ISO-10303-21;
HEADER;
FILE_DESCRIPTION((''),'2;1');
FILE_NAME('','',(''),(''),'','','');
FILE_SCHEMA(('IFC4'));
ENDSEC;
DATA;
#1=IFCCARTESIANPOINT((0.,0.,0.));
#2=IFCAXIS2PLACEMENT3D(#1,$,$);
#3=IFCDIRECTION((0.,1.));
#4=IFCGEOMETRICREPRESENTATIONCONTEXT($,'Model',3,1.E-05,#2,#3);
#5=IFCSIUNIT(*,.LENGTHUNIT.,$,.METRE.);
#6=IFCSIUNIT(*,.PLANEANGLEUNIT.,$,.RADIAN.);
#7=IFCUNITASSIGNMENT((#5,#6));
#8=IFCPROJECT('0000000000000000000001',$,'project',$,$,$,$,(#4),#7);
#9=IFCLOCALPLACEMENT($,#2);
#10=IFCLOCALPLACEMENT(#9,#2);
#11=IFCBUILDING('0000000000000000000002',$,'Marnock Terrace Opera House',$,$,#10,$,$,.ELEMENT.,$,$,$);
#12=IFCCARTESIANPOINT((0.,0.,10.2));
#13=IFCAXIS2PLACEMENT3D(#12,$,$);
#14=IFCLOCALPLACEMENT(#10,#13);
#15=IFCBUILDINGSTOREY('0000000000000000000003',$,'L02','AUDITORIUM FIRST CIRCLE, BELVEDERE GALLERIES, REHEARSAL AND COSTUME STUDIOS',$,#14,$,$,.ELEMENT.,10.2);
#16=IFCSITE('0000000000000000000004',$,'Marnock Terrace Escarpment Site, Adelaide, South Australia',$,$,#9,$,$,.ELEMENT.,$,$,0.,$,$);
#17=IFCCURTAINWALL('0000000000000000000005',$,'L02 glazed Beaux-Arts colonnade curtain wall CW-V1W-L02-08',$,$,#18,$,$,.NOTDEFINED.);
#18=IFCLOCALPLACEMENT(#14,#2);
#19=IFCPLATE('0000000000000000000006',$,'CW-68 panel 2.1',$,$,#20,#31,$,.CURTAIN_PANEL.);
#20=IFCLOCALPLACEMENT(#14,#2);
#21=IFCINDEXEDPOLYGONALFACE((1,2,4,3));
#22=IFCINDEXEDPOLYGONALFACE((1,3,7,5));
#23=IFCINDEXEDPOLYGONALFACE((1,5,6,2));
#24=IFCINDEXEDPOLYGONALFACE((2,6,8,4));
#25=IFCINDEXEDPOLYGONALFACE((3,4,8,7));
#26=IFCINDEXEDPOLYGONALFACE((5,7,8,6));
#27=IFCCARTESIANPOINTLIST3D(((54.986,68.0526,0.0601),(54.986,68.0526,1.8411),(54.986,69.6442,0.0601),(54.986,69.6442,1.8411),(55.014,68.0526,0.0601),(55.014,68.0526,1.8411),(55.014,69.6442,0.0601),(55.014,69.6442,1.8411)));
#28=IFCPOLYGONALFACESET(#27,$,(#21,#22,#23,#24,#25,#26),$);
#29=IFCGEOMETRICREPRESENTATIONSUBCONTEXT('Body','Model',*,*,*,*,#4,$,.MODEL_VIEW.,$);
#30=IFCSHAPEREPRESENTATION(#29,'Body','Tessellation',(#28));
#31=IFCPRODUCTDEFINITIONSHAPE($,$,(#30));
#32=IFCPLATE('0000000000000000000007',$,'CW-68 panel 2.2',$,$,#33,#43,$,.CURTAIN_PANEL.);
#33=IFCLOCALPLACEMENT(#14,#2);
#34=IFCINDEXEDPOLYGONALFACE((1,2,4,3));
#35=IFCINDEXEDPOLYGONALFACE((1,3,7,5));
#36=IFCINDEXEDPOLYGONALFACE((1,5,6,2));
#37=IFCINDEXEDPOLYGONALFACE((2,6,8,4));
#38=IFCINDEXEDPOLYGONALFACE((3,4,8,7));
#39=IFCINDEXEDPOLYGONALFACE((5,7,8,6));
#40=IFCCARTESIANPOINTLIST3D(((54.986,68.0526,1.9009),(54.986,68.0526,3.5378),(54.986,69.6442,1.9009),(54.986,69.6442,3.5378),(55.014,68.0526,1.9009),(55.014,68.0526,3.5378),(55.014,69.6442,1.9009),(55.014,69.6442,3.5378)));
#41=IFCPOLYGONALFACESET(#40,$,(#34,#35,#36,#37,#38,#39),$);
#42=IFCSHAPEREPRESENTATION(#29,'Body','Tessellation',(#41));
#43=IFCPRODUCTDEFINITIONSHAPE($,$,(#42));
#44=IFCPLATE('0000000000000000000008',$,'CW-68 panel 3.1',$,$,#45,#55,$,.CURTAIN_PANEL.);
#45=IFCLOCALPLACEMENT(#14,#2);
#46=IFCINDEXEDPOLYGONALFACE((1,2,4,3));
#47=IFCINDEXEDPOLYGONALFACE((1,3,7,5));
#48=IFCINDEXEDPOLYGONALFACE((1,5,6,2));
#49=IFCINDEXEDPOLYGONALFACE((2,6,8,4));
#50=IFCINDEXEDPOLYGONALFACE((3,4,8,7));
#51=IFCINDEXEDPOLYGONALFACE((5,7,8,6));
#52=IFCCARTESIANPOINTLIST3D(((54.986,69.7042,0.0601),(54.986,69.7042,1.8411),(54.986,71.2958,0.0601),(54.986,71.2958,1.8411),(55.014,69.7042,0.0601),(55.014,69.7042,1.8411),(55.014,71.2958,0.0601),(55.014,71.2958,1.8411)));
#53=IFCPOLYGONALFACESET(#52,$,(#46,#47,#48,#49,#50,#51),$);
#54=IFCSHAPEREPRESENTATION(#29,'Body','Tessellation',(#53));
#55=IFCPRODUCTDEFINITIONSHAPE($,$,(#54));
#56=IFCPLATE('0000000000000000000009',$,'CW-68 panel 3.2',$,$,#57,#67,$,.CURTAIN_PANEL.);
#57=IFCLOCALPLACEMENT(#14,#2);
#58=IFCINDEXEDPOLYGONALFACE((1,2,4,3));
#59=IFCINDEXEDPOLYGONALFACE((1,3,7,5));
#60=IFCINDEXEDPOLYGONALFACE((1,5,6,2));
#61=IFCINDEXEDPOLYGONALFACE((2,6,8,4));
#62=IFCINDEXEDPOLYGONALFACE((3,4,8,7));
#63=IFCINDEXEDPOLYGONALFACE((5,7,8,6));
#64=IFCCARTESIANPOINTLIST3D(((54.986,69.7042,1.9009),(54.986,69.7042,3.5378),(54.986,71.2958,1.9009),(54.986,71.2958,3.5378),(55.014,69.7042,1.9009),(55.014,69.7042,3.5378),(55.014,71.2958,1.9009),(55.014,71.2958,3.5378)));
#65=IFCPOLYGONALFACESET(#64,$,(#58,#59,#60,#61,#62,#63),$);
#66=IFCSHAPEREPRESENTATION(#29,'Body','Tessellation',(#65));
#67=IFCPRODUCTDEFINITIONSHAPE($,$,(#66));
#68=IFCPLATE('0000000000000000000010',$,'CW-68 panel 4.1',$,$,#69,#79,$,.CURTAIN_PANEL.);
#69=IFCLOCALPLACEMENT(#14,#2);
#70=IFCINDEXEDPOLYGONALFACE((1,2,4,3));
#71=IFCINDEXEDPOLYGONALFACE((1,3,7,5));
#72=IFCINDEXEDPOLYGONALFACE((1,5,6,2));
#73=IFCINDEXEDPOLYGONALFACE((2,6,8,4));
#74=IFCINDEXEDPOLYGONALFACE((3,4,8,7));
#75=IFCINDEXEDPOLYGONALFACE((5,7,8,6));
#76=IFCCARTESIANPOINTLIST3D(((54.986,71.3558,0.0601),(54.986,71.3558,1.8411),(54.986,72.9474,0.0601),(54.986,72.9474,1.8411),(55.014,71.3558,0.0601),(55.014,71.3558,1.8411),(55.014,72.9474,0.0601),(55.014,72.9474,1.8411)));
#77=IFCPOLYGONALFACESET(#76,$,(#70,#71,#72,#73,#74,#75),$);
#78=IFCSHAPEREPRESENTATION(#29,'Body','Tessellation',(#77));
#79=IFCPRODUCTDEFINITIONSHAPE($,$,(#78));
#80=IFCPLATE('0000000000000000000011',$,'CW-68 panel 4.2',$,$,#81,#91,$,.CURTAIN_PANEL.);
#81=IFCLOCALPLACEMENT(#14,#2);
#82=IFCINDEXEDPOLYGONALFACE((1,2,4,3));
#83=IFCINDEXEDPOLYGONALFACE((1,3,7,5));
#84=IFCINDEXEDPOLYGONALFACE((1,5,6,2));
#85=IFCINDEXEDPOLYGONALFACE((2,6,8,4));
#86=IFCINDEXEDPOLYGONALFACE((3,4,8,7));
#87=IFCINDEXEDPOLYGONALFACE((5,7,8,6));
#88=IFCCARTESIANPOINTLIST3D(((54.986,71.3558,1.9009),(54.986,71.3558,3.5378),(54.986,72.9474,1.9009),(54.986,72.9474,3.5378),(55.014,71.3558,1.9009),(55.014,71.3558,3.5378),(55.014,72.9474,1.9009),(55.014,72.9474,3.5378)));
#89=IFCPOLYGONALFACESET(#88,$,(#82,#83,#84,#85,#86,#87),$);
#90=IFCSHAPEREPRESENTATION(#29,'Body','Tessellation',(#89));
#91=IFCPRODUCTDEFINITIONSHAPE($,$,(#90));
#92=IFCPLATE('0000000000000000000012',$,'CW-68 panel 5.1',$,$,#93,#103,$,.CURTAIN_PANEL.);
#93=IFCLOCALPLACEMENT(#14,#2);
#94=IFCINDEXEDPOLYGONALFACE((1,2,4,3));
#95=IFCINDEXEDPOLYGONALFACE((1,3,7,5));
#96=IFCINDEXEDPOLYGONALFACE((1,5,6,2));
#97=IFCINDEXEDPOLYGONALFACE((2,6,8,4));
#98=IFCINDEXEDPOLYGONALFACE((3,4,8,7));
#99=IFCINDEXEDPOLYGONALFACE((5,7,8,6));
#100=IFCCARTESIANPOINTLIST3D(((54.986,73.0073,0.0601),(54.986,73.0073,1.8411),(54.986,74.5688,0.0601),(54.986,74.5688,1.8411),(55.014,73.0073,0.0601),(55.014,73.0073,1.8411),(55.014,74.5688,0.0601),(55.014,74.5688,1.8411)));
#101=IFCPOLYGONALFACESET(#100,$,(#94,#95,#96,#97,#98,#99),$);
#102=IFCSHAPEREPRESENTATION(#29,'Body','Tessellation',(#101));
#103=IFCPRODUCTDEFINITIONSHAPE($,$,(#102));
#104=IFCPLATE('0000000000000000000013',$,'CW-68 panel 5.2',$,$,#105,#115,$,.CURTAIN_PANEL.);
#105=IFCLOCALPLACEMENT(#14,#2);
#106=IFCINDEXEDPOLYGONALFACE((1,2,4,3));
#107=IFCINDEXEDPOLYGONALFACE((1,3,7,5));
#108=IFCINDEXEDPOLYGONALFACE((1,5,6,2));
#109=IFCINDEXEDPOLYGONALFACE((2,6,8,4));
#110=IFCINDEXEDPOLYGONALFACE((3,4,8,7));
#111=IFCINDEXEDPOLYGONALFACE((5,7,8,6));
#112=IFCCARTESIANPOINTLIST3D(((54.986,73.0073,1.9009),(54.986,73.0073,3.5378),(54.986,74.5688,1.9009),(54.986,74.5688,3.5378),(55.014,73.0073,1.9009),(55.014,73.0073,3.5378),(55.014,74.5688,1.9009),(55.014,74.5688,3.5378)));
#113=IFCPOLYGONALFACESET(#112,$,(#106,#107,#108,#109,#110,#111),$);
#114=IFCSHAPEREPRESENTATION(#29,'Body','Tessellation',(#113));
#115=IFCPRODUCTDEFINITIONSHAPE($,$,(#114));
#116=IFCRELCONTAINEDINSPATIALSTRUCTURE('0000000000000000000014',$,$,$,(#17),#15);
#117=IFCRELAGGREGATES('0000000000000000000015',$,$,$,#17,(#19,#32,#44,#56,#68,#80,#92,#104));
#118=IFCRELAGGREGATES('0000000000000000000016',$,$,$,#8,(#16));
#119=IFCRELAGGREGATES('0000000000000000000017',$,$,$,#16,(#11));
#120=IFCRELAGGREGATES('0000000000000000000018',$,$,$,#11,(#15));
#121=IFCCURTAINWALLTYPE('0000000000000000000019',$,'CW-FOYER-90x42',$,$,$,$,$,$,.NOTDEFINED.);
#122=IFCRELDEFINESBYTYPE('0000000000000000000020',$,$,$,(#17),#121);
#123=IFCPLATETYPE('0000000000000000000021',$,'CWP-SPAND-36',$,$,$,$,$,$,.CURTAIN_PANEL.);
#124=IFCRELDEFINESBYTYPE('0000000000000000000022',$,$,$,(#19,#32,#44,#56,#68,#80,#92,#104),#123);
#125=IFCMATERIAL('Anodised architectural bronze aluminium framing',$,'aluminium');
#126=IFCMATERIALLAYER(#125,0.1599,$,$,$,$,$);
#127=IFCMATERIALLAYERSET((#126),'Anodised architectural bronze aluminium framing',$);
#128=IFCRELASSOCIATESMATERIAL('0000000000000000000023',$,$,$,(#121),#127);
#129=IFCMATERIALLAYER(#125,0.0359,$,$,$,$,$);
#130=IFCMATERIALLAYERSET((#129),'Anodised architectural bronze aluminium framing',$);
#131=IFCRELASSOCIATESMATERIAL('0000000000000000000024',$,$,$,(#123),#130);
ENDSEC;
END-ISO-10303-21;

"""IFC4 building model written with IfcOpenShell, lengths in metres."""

from ifc_helpers import new_model, si_unit, direction, frame, origin, origin_2d, place, context, subcontext, project, spatial, rectangle, extrude, material, layer, layer_set, type_object, element, aggregate, save


model = new_model("IFC4")

# Units and contexts
model_context = context("Model", 3, precision=1e-05, world=origin(), true_north=direction((0.0, 1.0)))
body_context = subcontext(model_context, "Body", "Model", "MODEL_VIEW")
ifc_project = project(units=[si_unit("LENGTHUNIT", "METRE"), si_unit("PLANEANGLEUNIT", "RADIAN")], contexts=[model_context])

# Site, building, storey
site_placement = place(None, origin())
site = spatial("IfcSite", under=ifc_project, at=site_placement, Name="Marnock Terrace Escarpment Site, Adelaide, South Australia", CompositionType="ELEMENT", RefElevation=0.0)
building_placement = place(site_placement, origin())
building = spatial("IfcBuilding", under=site, at=building_placement, Name="Marnock Terrace Opera House", CompositionType="ELEMENT")
storey_placement = place(building_placement, frame((0.0, 0.0, 10.2)))
storey = spatial("IfcBuildingStorey", under=building, at=storey_placement, Name="L02", Description="AUDITORIUM FIRST CIRCLE, BELVEDERE GALLERIES, REHEARSAL AND COSTUME STUDIOS", CompositionType="ELEMENT", Elevation=10.2)

# Shared definitions
ifc_material_1 = material(Name="Anodised architectural bronze aluminium framing", Category="aluminium")
ifc_layer_1 = layer(ifc_material_1, 0.1599)
ifc_layer_set_1 = layer_set([ifc_layer_1], Name="Anodised architectural bronze aluminium framing")
curtain_wall_type = type_object("IfcCurtainWallType", Name="CW-FOYER-90x42", PredefinedType="NOTDEFINED", material=ifc_layer_set_1)

# Curtain wall, plates
curtain_wall_1_placement = place(storey_placement, origin())
curtain_wall_1 = element("IfcCurtainWall", 1, at=curtain_wall_1_placement, inside=storey, type_object=curtain_wall_type, Name="L02 glazed Beaux-Arts colonnade curtain wall CW-V1W-L02-08", PredefinedType="NOTDEFINED")
ifc_layer_2 = layer(ifc_material_1, 0.0359)
ifc_layer_set_2 = layer_set([ifc_layer_2], Name="Anodised architectural bronze aluminium framing")
plate_type = type_object("IfcPlateType", Name="CWP-SPAND-36", PredefinedType="CURTAIN_PANEL", material=ifc_layer_set_2)
plate_1_placement = place(storey_placement, frame((55.0, 68.8484, 0.0601), z_axis=(0.0, 0.0, 1.0), x_axis=(0.0, 1.0, 0.0)))
plate_1 = element("IfcPlate", 2, at=plate_1_placement, type_object=plate_type, Name="CW-68 panel 2.1", PredefinedType="CURTAIN_PANEL", context=body_context, shape_type="SweptSolid", body=[
    extrude(rectangle(XDim=1.5916, YDim=0.0281, at=origin_2d()), origin(), (0.0, 0.0, 1.0), 1.781),
])
plate_2_placement = place(storey_placement, frame((55.0, 68.8484, 1.9009), z_axis=(0.0, 0.0, 1.0), x_axis=(0.0, 1.0, 0.0)))
plate_2 = element("IfcPlate", 3, at=plate_2_placement, type_object=plate_type, Name="CW-68 panel 2.2", PredefinedType="CURTAIN_PANEL", context=body_context, shape_type="SweptSolid", body=[
    extrude(rectangle(XDim=1.5916, YDim=0.0281, at=origin_2d()), origin(), (0.0, 0.0, 1.0), 1.637),
])
plate_3_placement = place(storey_placement, frame((55.0, 70.5, 0.0601), z_axis=(0.0, 0.0, 1.0), x_axis=(0.0, 1.0, 0.0)))
plate_3 = element("IfcPlate", 4, at=plate_3_placement, type_object=plate_type, Name="CW-68 panel 3.1", PredefinedType="CURTAIN_PANEL", context=body_context, shape_type="SweptSolid", body=[
    extrude(rectangle(XDim=1.5916, YDim=0.0281, at=origin_2d()), origin(), (0.0, 0.0, 1.0), 1.781),
])
plate_4_placement = place(storey_placement, frame((55.0, 70.5, 1.9009), z_axis=(0.0, 0.0, 1.0), x_axis=(0.0, 1.0, 0.0)))
plate_4 = element("IfcPlate", 5, at=plate_4_placement, type_object=plate_type, Name="CW-68 panel 3.2", PredefinedType="CURTAIN_PANEL", context=body_context, shape_type="SweptSolid", body=[
    extrude(rectangle(XDim=1.5916, YDim=0.0281, at=origin_2d()), origin(), (0.0, 0.0, 1.0), 1.637),
])
plate_5_placement = place(storey_placement, frame((55.0, 72.1516, 0.0601), z_axis=(0.0, 0.0, 1.0), x_axis=(0.0, 1.0, 0.0)))
plate_5 = element("IfcPlate", 6, at=plate_5_placement, type_object=plate_type, Name="CW-68 panel 4.1", PredefinedType="CURTAIN_PANEL", context=body_context, shape_type="SweptSolid", body=[
    extrude(rectangle(XDim=1.5916, YDim=0.0281, at=origin_2d()), origin(), (0.0, 0.0, 1.0), 1.781),
])
plate_6_placement = place(storey_placement, frame((55.0, 72.1516, 1.9009), z_axis=(0.0, 0.0, 1.0), x_axis=(0.0, 1.0, 0.0)))
plate_6 = element("IfcPlate", 7, at=plate_6_placement, type_object=plate_type, Name="CW-68 panel 4.2", PredefinedType="CURTAIN_PANEL", context=body_context, shape_type="SweptSolid", body=[
    extrude(rectangle(XDim=1.5916, YDim=0.0281, at=origin_2d()), origin(), (0.0, 0.0, 1.0), 1.637),
])
plate_7_placement = place(storey_placement, frame((55.0, 73.7881, 0.0601), z_axis=(0.0, 0.0, 1.0), x_axis=(0.0, 1.0, 0.0)))
plate_7 = element("IfcPlate", 8, at=plate_7_placement, type_object=plate_type, Name="CW-68 panel 5.1", PredefinedType="CURTAIN_PANEL", context=body_context, shape_type="SweptSolid", body=[
    extrude(rectangle(XDim=1.5615, YDim=0.0281, at=origin_2d()), origin(), (0.0, 0.0, 1.0), 1.781),
])
plate_8_placement = place(storey_placement, frame((55.0, 73.7881, 1.9009), z_axis=(0.0, 0.0, 1.0), x_axis=(0.0, 1.0, 0.0)))
plate_8 = element("IfcPlate", 9, at=plate_8_placement, type_object=plate_type, Name="CW-68 panel 5.2", PredefinedType="CURTAIN_PANEL", context=body_context, shape_type="SweptSolid", body=[
    extrude(rectangle(XDim=1.5615, YDim=0.0281, at=origin_2d()), origin(), (0.0, 0.0, 1.0), 1.637),
])
aggregate(curtain_wall_1, [plate_1, plate_2, plate_3, plate_4, plate_5, plate_6, plate_7, plate_8])

save(model, "model.ifc")
